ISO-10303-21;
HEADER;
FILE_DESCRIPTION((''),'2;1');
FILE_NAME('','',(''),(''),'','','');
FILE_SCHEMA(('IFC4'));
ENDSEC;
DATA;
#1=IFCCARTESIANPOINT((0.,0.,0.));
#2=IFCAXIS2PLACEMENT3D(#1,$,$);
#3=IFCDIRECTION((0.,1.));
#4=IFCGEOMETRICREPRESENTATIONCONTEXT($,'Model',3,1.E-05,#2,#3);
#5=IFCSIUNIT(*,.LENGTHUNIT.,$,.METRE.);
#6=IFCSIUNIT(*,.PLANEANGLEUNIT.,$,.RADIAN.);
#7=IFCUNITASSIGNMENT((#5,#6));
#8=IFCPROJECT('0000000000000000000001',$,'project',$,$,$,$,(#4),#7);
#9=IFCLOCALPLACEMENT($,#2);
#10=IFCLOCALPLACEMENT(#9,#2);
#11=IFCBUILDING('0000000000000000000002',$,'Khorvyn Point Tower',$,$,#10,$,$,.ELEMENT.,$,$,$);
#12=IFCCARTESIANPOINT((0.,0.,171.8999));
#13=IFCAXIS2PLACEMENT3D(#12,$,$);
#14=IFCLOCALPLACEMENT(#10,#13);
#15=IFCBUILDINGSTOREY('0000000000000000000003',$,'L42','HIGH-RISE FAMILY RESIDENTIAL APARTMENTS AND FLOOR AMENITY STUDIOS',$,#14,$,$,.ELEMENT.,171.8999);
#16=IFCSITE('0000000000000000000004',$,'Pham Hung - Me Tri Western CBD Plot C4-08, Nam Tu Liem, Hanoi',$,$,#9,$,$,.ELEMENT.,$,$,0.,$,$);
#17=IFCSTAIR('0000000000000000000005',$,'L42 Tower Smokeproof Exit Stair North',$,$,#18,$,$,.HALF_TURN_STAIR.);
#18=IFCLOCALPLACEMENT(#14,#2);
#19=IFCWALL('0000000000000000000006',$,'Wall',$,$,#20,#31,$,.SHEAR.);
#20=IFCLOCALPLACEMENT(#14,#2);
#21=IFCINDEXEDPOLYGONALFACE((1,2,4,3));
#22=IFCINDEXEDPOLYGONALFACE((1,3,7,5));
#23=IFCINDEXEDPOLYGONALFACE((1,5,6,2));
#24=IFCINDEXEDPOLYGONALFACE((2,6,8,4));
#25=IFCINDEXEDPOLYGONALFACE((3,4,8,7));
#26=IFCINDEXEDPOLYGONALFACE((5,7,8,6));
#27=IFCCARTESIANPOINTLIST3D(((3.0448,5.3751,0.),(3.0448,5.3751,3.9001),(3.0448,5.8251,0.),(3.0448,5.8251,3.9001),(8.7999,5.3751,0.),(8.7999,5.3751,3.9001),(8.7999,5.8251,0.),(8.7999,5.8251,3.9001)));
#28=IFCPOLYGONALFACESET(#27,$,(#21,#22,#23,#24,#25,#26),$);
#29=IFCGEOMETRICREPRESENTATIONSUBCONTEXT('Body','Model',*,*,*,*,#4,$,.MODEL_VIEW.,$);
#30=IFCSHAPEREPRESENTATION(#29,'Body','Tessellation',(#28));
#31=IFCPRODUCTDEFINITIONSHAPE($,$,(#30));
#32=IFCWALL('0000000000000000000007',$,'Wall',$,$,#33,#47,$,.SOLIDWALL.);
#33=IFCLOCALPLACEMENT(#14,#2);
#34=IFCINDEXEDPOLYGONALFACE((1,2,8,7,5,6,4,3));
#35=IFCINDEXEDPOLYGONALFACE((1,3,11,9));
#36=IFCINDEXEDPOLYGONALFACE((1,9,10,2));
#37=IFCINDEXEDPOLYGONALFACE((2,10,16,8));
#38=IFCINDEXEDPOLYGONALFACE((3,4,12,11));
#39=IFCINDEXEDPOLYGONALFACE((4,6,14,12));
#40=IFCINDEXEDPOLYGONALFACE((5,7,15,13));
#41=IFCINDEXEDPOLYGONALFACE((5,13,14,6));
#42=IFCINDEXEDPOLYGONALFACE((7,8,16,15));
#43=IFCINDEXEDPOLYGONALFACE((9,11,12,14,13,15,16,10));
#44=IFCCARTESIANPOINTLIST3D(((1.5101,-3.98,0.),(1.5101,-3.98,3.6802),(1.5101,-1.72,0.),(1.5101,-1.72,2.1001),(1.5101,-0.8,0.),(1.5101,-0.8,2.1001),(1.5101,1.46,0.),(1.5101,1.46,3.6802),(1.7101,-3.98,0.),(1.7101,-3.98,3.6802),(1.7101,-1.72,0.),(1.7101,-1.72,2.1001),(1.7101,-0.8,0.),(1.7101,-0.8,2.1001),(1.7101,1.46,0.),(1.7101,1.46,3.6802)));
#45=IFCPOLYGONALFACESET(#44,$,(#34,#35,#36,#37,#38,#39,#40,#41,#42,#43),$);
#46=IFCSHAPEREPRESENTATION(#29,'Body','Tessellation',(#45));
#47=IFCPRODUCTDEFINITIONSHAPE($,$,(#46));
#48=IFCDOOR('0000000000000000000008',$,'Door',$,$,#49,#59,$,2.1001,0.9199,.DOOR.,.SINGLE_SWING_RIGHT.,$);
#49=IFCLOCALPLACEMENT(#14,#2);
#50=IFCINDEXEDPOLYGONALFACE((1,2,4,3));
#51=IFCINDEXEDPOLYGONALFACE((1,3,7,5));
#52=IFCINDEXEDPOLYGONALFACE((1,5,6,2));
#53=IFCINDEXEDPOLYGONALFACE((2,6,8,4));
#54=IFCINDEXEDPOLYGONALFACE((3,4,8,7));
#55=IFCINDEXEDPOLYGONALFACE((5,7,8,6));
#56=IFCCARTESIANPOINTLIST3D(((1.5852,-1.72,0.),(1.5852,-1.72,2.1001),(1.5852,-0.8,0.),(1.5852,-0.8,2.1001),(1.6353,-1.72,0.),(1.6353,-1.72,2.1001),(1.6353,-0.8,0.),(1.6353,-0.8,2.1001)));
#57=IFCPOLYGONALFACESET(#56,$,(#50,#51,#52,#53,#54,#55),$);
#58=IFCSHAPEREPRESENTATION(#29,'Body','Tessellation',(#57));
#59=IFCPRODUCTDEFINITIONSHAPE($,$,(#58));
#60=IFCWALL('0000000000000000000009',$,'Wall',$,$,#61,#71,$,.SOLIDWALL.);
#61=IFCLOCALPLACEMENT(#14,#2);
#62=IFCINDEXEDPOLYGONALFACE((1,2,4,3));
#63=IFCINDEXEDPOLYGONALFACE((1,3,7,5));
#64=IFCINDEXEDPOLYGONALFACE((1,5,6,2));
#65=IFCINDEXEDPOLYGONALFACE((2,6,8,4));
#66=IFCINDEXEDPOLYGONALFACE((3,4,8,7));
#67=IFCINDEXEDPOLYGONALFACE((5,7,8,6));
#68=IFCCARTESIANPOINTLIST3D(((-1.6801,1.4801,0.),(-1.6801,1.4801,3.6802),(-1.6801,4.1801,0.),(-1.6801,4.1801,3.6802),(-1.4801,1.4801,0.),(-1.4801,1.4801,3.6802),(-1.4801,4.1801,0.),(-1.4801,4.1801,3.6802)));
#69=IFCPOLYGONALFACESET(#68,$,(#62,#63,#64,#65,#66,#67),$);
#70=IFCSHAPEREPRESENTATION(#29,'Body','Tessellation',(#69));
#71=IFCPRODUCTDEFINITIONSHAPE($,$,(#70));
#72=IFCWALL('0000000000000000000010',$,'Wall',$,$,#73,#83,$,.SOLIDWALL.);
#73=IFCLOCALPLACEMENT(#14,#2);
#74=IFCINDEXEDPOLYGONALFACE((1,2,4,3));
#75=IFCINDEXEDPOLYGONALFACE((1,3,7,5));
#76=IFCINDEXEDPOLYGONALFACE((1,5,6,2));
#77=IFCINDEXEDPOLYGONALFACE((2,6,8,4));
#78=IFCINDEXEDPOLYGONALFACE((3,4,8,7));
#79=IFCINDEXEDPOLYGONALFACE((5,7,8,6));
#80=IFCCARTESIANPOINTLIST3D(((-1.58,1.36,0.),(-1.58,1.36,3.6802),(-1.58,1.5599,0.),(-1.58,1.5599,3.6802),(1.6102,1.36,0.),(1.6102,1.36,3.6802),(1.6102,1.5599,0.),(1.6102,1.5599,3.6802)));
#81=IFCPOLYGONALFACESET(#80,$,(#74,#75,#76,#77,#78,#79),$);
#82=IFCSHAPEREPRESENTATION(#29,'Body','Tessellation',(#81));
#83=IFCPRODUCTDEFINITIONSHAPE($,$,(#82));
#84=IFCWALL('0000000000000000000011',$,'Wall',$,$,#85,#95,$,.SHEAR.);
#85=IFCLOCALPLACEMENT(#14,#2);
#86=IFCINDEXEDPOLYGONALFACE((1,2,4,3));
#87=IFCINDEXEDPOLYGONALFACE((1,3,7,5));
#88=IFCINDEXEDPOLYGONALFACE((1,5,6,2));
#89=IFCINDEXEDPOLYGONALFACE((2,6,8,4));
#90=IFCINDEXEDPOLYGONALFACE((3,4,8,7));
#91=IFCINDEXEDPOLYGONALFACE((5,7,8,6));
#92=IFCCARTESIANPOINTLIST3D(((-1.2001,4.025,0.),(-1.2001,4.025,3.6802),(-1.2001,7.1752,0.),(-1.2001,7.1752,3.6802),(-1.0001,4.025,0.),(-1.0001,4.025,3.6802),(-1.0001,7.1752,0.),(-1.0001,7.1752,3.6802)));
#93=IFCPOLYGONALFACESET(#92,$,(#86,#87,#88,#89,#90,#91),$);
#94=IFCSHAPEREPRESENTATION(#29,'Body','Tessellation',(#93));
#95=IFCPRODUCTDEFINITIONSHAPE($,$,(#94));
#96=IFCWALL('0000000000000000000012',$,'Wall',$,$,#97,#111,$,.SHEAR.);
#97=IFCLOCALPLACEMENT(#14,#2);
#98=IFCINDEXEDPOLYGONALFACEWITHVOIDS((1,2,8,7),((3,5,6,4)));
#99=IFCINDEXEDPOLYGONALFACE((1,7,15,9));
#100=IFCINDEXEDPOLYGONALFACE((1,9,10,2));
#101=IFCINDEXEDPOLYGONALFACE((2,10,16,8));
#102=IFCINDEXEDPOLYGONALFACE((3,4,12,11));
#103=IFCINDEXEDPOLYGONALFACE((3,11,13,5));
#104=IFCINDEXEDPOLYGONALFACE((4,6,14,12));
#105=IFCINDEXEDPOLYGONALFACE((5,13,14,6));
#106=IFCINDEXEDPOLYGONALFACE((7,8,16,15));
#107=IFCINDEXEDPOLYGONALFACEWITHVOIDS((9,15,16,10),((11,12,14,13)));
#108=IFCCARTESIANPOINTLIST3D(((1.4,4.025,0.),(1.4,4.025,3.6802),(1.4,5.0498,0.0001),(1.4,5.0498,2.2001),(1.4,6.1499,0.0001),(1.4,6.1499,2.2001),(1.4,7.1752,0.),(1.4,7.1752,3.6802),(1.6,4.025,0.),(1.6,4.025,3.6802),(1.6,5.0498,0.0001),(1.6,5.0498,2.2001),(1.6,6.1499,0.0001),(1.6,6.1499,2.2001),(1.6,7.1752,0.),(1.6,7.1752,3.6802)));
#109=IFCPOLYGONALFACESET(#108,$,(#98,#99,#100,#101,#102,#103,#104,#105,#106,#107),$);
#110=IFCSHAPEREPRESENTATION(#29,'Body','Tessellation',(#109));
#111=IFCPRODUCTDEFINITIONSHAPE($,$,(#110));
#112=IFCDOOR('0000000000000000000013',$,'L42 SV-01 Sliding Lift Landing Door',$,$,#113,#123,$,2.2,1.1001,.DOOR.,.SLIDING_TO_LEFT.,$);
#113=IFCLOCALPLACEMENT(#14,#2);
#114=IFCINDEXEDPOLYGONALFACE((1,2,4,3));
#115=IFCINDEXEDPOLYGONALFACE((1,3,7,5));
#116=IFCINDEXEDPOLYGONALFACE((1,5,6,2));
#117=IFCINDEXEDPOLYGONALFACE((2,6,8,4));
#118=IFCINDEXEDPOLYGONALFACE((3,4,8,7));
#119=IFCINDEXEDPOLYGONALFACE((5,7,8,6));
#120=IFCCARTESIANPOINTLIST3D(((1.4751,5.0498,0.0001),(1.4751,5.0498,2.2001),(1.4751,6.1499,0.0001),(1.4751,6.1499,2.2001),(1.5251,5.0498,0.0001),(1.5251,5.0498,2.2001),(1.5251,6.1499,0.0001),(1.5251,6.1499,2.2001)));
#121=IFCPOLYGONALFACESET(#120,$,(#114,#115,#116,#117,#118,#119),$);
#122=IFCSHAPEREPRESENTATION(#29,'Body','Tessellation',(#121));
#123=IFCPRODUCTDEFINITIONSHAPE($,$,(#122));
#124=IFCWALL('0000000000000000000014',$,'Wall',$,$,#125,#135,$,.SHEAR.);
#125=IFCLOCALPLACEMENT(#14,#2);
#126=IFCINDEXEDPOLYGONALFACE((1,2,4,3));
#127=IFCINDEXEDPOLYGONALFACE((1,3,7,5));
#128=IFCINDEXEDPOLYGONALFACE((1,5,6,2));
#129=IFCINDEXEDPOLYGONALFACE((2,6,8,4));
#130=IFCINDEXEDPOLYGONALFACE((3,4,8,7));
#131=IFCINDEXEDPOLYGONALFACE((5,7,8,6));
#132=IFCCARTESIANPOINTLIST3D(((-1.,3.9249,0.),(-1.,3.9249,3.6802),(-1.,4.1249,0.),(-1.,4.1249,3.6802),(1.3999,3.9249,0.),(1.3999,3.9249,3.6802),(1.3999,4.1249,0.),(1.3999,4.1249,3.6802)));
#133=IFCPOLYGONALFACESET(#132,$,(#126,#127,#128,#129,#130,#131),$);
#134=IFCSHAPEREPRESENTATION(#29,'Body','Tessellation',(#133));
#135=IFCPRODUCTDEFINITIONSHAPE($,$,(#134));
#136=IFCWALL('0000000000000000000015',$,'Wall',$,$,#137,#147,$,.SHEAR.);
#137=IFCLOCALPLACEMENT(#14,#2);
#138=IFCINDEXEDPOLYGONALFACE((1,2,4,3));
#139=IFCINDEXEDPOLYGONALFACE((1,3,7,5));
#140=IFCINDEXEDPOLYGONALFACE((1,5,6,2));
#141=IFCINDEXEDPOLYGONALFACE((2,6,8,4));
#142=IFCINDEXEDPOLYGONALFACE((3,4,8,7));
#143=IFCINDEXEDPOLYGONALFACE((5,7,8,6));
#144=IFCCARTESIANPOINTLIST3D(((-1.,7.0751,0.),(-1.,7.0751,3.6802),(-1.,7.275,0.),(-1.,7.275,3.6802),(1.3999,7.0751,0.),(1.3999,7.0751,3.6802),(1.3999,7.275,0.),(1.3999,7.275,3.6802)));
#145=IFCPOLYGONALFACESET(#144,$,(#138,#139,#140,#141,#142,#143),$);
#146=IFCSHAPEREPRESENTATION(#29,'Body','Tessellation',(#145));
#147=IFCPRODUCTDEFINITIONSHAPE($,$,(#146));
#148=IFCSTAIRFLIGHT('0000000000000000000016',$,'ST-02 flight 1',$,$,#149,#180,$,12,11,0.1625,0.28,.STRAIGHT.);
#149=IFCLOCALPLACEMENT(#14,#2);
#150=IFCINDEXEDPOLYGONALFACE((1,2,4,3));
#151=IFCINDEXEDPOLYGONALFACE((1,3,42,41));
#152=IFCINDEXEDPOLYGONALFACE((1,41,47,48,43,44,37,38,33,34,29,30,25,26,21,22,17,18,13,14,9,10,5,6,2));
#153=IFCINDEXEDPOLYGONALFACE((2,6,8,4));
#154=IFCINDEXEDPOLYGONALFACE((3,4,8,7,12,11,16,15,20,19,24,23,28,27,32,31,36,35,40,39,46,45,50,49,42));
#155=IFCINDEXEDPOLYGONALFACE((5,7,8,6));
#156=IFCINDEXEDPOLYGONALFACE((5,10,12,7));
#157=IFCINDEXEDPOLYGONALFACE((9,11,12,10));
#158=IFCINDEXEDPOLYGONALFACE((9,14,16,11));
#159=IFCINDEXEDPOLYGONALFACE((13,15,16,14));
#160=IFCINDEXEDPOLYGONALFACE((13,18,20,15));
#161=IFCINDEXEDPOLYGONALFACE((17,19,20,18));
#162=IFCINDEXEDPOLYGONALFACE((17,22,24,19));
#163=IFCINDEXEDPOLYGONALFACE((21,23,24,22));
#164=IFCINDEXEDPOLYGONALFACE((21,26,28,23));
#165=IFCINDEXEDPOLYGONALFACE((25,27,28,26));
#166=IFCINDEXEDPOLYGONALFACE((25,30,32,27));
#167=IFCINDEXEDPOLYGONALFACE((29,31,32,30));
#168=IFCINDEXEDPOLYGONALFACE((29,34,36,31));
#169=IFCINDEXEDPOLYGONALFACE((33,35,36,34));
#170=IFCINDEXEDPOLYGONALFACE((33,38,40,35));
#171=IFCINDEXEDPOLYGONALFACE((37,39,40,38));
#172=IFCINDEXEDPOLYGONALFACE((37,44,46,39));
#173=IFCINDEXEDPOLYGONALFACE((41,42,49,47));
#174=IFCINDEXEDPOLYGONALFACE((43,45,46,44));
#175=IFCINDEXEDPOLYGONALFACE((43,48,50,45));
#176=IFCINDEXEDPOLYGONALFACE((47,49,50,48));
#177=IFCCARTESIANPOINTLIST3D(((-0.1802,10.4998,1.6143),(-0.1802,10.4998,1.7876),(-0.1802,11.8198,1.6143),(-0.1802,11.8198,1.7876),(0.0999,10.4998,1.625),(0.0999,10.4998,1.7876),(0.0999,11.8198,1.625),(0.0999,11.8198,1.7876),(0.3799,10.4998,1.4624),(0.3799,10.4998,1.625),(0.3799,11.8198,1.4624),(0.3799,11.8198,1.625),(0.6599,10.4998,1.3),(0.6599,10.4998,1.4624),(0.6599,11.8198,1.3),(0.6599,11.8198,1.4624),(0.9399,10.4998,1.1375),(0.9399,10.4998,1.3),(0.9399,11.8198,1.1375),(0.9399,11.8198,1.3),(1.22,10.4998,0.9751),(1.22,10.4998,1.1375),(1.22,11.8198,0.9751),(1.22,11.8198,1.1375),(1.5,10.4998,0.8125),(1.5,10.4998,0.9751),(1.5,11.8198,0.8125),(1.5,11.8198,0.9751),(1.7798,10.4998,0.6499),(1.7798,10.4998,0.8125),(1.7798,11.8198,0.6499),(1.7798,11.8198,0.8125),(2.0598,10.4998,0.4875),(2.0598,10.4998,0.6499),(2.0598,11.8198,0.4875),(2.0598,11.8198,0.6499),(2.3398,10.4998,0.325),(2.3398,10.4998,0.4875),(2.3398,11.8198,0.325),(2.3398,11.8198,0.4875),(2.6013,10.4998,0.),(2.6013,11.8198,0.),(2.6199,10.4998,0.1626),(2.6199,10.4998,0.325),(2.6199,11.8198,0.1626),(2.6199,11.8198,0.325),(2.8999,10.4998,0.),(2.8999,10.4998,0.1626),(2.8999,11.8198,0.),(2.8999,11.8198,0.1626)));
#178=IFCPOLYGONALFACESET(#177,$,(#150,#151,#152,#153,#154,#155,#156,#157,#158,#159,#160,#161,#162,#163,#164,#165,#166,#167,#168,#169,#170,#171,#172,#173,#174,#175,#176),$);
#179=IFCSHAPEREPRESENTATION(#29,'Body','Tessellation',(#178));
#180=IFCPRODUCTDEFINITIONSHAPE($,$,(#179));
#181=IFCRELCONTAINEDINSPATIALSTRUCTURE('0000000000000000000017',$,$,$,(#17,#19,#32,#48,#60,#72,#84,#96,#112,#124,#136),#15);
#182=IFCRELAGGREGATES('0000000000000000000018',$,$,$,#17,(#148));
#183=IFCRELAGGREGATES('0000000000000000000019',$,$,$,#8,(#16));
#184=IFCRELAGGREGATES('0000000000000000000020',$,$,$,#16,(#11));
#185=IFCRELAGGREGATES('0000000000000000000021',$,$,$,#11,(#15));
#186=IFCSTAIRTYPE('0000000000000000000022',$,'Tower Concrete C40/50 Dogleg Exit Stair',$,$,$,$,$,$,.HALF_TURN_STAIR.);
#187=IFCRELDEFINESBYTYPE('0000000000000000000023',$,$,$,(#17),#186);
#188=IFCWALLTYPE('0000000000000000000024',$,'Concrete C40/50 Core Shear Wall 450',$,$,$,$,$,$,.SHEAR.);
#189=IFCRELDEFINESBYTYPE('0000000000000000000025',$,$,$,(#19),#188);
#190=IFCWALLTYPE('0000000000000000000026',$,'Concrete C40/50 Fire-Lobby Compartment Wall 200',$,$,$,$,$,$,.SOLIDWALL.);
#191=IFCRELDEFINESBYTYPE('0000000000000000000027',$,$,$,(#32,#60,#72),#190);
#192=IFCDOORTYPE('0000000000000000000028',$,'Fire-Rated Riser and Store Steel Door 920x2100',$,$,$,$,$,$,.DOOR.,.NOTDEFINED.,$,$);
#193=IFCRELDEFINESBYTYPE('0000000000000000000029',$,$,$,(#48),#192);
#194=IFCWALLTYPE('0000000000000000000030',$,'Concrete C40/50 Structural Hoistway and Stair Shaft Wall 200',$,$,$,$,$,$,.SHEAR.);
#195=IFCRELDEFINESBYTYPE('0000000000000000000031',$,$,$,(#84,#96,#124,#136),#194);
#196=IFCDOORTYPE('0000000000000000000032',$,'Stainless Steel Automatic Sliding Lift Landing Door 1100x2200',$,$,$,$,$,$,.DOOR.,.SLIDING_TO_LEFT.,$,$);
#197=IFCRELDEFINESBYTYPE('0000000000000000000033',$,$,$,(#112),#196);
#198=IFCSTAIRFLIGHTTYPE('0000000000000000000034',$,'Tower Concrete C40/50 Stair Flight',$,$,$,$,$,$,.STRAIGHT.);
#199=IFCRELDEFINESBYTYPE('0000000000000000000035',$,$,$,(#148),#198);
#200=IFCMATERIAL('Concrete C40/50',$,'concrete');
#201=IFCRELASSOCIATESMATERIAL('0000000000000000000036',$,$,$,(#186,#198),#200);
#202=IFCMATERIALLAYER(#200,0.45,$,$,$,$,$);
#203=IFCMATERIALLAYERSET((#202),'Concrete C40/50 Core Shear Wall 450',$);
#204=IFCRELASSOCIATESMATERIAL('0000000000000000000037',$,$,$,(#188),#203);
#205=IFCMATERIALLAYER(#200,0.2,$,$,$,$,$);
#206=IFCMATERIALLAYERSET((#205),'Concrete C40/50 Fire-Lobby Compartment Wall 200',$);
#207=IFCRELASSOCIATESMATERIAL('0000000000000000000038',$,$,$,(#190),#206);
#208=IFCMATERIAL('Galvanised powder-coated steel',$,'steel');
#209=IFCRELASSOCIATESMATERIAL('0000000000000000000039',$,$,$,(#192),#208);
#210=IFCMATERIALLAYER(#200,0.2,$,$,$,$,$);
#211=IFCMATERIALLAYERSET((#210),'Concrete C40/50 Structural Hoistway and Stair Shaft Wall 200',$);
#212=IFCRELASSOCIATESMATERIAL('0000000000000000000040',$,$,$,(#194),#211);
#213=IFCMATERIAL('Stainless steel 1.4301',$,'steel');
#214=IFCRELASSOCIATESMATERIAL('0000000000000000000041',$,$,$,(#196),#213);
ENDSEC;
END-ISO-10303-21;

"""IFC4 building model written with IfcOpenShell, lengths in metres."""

from ifc_helpers import new_model, si_unit, direction, frame, frame_2d, origin, place, context, subcontext, project, spatial, polyline, rectangle, outline, extrude, material, layer, layer_set, type_object, element, fill, aggregate, save


model = new_model("IFC4")

# Units and contexts
model_context = context("Model", 3, precision=1e-05, world=origin(), true_north=direction((0.0, 1.0)))
body_context = subcontext(model_context, "Body", "Model", "MODEL_VIEW")
ifc_project = project(units=[si_unit("LENGTHUNIT", "METRE"), si_unit("PLANEANGLEUNIT", "RADIAN")], contexts=[model_context])

# Site, building, storey
site_placement = place(None, origin())
site = spatial("IfcSite", under=ifc_project, at=site_placement, Name="Pham Hung - Me Tri Western CBD Plot C4-08, Nam Tu Liem, Hanoi", CompositionType="ELEMENT", RefElevation=0.0)
building_placement = place(site_placement, origin())
building = spatial("IfcBuilding", under=site, at=building_placement, Name="Khorvyn Point Tower", CompositionType="ELEMENT")
storey_placement = place(building_placement, frame((0.0, 0.0, 171.8999)))
storey = spatial("IfcBuildingStorey", under=building, at=storey_placement, Name="L42", Description="HIGH-RISE FAMILY RESIDENTIAL APARTMENTS AND FLOOR AMENITY STUDIOS", CompositionType="ELEMENT", Elevation=171.8999)

# Shared definitions
ifc_material_1 = material(Name="Concrete C40/50", Category="concrete")

# Stair
stair_type = type_object("IfcStairType", Name="Tower Concrete C40/50 Dogleg Exit Stair", PredefinedType="HALF_TURN_STAIR", material=ifc_material_1)
stair_1_placement = place(storey_placement, origin())
stair_1 = element("IfcStair", 1, at=stair_1_placement, inside=storey, type_object=stair_type, Name="L42 Tower Smokeproof Exit Stair North", PredefinedType="HALF_TURN_STAIR")

# Wall
ifc_layer_1 = layer(ifc_material_1, 0.45)
ifc_layer_set_1 = layer_set([ifc_layer_1], Name="Concrete C40/50 Core Shear Wall 450")
wall_type_1 = type_object("IfcWallType", Name="Concrete C40/50 Core Shear Wall 450", PredefinedType="SHEAR", material=ifc_layer_set_1)
wall_1_placement = place(storey_placement, frame((3.0449, 5.6001, 0.0), z_axis=(0.0, 0.0, 1.0), x_axis=(1.0, 0.0, 0.0)))
element("IfcWall", 2, at=wall_1_placement, inside=storey, type_object=wall_type_1, Name="Wall", PredefinedType="SHEAR", context=body_context, shape_type="SweptSolid", body=[
    extrude(rectangle(XDim=5.7551, YDim=0.45, at=frame_2d((2.8774, 0.0))), origin(), (0.0, 0.0, 1.0), 3.9001),
])

# Wall, opening, door
ifc_layer_2 = layer(ifc_material_1, 0.2)
ifc_layer_set_2 = layer_set([ifc_layer_2], Name="Concrete C40/50 Fire-Lobby Compartment Wall 200")
wall_type_2 = type_object("IfcWallType", Name="Concrete C40/50 Fire-Lobby Compartment Wall 200", PredefinedType="SOLIDWALL", material=ifc_layer_set_2)
wall_2_placement = place(storey_placement, frame((1.6101, -3.98, 0.0), z_axis=(0.0, 0.0, 1.0), x_axis=(0.0, 1.0, 0.0)))
wall_2 = element("IfcWall", 3, at=wall_2_placement, inside=storey, type_object=wall_type_2, Name="Wall", PredefinedType="SOLIDWALL", context=body_context, shape_type="SweptSolid", body=[
    extrude(rectangle(XDim=5.4399, YDim=0.2, at=frame_2d((2.72, 0.0))), origin(), (0.0, 0.0, 1.0), 3.6802),
])
opening_1_placement = place(wall_2_placement, frame((2.26, 0.0, 0.0)))
opening_1 = element("IfcOpeningElement", 4, at=opening_1_placement, cuts=wall_2, PredefinedType="OPENING", context=body_context, shape_type="SweptSolid", body=[
    extrude(rectangle(XDim=0.9199, YDim=2.1001, at=frame_2d((0.46, 1.05))), frame((0.0, 0.1099, 0.0), z_axis=(0.0, -1.0, 0.0), x_axis=(1.0, 0.0, 0.0)), (0.0, 0.0, 1.0), 0.22),
])
ifc_material_2 = material(Name="Galvanised powder-coated steel", Category="steel")
door_type_1 = type_object("IfcDoorType", Name="Fire-Rated Riser and Store Steel Door 920x2100", OperationType="NOTDEFINED", PredefinedType="DOOR", material=ifc_material_2)
door_1_placement = place(opening_1_placement, origin())
door_1 = element("IfcDoor", 5, at=door_1_placement, inside=storey, type_object=door_type_1, Name="Door", OperationType="SINGLE_SWING_RIGHT", OverallHeight=2.1001, OverallWidth=0.9199, PredefinedType="DOOR", context=body_context, shape_type="SweptSolid", body=[
    extrude(rectangle(XDim=0.9199, YDim=2.1001, at=frame_2d((0.46, 1.05))), frame((0.0, 0.0249, 0.0), z_axis=(0.0, -1.0, 0.0), x_axis=(1.0, 0.0, 0.0)), (0.0, 0.0, 1.0), 0.05),
])
fill(opening_1, door_1)

# Walls
wall_3_placement = place(storey_placement, frame((-1.5801, 1.48, 0.0), z_axis=(0.0, 0.0, 1.0), x_axis=(0.0, 1.0, 0.0)))
element("IfcWall", 6, at=wall_3_placement, inside=storey, type_object=wall_type_2, Name="Wall", PredefinedType="SOLIDWALL", context=body_context, shape_type="SweptSolid", body=[
    extrude(rectangle(XDim=2.7, YDim=0.2, at=frame_2d((1.3501, 0.0))), origin(), (0.0, 0.0, 1.0), 3.6802),
])
wall_4_placement = place(storey_placement, frame((-1.5801, 1.46, 0.0), z_axis=(0.0, 0.0, 1.0), x_axis=(1.0, 0.0, 0.0)))
element("IfcWall", 7, at=wall_4_placement, inside=storey, type_object=wall_type_2, Name="Wall", PredefinedType="SOLIDWALL", context=body_context, shape_type="SweptSolid", body=[
    extrude(rectangle(XDim=3.1902, YDim=0.2, at=frame_2d((1.5952, 0.0))), origin(), (0.0, 0.0, 1.0), 3.6802),
])
ifc_layer_3 = layer(ifc_material_1, 0.2)
ifc_layer_set_3 = layer_set([ifc_layer_3], Name="Concrete C40/50 Structural Hoistway and Stair Shaft Wall 200")
wall_type_3 = type_object("IfcWallType", Name="Concrete C40/50 Structural Hoistway and Stair Shaft Wall 200", PredefinedType="SHEAR", material=ifc_layer_set_3)
wall_5_placement = place(storey_placement, frame((-1.1001, 4.0249, 0.0), z_axis=(0.0, 0.0, 1.0), x_axis=(0.0, 1.0, 0.0)))
element("IfcWall", 8, at=wall_5_placement, inside=storey, type_object=wall_type_3, Name="Wall", PredefinedType="SHEAR", context=body_context, shape_type="SweptSolid", body=[
    extrude(rectangle(XDim=3.1501, YDim=0.2, at=frame_2d((1.5752, 0.0))), origin(), (0.0, 0.0, 1.0), 3.6802),
])

# Wall, opening, door
wall_6_placement = place(storey_placement, frame((1.5, 4.0249, 0.0), z_axis=(0.0, 0.0, 1.0), x_axis=(0.0, 1.0, 0.0)))
wall_6 = element("IfcWall", 9, at=wall_6_placement, inside=storey, type_object=wall_type_3, Name="Wall", PredefinedType="SHEAR", context=body_context, shape_type="SweptSolid", body=[
    extrude(rectangle(XDim=3.1501, YDim=0.2, at=frame_2d((1.5752, 0.0))), origin(), (0.0, 0.0, 1.0), 3.6802),
])
opening_2_placement = place(wall_6_placement, frame((1.0249, 0.0, 0.0)))
opening_2 = element("IfcOpeningElement", 10, at=opening_2_placement, cuts=wall_6, PredefinedType="OPENING", context=body_context, shape_type="SweptSolid", body=[
    extrude(rectangle(XDim=1.1001, YDim=2.2, at=frame_2d((0.55, 1.1001))), frame((0.0, 0.1099, 0.0), z_axis=(0.0, -1.0, 0.0), x_axis=(1.0, 0.0, 0.0)), (0.0, 0.0, 1.0), 0.22),
])
ifc_material_3 = material(Name="Stainless steel 1.4301", Category="steel")
door_type_2 = type_object("IfcDoorType", Name="Stainless Steel Automatic Sliding Lift Landing Door 1100x2200", OperationType="SLIDING_TO_LEFT", PredefinedType="DOOR", material=ifc_material_3)
door_2_placement = place(opening_2_placement, origin())
door_2 = element("IfcDoor", 11, at=door_2_placement, inside=storey, type_object=door_type_2, Name="L42 SV-01 Sliding Lift Landing Door", OperationType="SLIDING_TO_LEFT", OverallHeight=2.2, OverallWidth=1.1001, PredefinedType="DOOR", context=body_context, shape_type="SweptSolid", body=[
    extrude(rectangle(XDim=1.1001, YDim=2.2, at=frame_2d((0.55, 1.1001))), frame((0.0, 0.0249, 0.0), z_axis=(0.0, -1.0, 0.0), x_axis=(1.0, 0.0, 0.0)), (0.0, 0.0, 1.0), 0.05),
])
fill(opening_2, door_2)

# Walls
for number, where, z_axis, x_axis, name in (
    (12, (-1.0, 4.0249, 0.0), (0.0, 0.0, 1.0), (1.0, 0.0, 0.0), "Wall"),
    (13, (-1.0, 7.175, 0.0), (0.0, 0.0, 1.0), (1.0, 0.0, 0.0), "Wall"),
):
    element("IfcWall", number, at=place(storey_placement, frame(where, z_axis=z_axis, x_axis=x_axis)), inside=storey, type_object=wall_type_3, Name=name, PredefinedType="SHEAR", context=body_context, shape_type="SweptSolid", body=[
        extrude(rectangle(XDim=2.3999, YDim=0.2, at=frame_2d((1.2, 0.0))), origin(), (0.0, 0.0, 1.0), 3.6802),
    ])

# Stair flight
stair_flight_type = type_object("IfcStairFlightType", Name="Tower Concrete C40/50 Stair Flight", PredefinedType="STRAIGHT", material=ifc_material_1)
stair_flight_1_placement = place(storey_placement, frame((2.8999, 11.1599, 0.0), z_axis=(0.0, 0.0, 1.0), x_axis=(-1.0, 0.0, 0.0)))
stair_flight_1 = element("IfcStairFlight", 14, at=stair_flight_1_placement, type_object=stair_flight_type, Name="ST-02 flight 1", NumberOfRisers=12, NumberOfTreads=11, PredefinedType="STRAIGHT", RiserHeight=0.1625, TreadLength=0.28, context=body_context, shape_type="SweptSolid", body=[
    extrude(outline(polyline([(0.0, 0.0), (0.0, 0.1626), (0.28, 0.1626), (0.28, 0.325), (0.5601, 0.325), (0.5601, 0.4875), (0.8401, 0.4875), (0.8401, 0.6499), (1.1201, 0.6499), (1.1201, 0.8125), (1.3999, 0.8125), (1.3999, 0.9751), (1.6799, 0.9751), (1.6799, 1.1375), (1.96, 1.1375), (1.96, 1.3), (2.24, 1.3), (2.24, 1.4624), (2.52, 1.4624), (2.52, 1.625), (2.8, 1.625), (2.8, 1.7876), (3.0801, 1.7876), (3.0801, 1.95), (3.0801, 1.6143), (0.2986, 0.0), (0.0, 0.0)])), frame((0.0, 0.6602, 0.0), z_axis=(0.0, -1.0, 0.0), x_axis=(1.0, 0.0, 0.0)), (0.0, 0.0, 1.0), 1.3201),
])
aggregate(stair_1, [stair_flight_1])

save(model, "model.ifc")
